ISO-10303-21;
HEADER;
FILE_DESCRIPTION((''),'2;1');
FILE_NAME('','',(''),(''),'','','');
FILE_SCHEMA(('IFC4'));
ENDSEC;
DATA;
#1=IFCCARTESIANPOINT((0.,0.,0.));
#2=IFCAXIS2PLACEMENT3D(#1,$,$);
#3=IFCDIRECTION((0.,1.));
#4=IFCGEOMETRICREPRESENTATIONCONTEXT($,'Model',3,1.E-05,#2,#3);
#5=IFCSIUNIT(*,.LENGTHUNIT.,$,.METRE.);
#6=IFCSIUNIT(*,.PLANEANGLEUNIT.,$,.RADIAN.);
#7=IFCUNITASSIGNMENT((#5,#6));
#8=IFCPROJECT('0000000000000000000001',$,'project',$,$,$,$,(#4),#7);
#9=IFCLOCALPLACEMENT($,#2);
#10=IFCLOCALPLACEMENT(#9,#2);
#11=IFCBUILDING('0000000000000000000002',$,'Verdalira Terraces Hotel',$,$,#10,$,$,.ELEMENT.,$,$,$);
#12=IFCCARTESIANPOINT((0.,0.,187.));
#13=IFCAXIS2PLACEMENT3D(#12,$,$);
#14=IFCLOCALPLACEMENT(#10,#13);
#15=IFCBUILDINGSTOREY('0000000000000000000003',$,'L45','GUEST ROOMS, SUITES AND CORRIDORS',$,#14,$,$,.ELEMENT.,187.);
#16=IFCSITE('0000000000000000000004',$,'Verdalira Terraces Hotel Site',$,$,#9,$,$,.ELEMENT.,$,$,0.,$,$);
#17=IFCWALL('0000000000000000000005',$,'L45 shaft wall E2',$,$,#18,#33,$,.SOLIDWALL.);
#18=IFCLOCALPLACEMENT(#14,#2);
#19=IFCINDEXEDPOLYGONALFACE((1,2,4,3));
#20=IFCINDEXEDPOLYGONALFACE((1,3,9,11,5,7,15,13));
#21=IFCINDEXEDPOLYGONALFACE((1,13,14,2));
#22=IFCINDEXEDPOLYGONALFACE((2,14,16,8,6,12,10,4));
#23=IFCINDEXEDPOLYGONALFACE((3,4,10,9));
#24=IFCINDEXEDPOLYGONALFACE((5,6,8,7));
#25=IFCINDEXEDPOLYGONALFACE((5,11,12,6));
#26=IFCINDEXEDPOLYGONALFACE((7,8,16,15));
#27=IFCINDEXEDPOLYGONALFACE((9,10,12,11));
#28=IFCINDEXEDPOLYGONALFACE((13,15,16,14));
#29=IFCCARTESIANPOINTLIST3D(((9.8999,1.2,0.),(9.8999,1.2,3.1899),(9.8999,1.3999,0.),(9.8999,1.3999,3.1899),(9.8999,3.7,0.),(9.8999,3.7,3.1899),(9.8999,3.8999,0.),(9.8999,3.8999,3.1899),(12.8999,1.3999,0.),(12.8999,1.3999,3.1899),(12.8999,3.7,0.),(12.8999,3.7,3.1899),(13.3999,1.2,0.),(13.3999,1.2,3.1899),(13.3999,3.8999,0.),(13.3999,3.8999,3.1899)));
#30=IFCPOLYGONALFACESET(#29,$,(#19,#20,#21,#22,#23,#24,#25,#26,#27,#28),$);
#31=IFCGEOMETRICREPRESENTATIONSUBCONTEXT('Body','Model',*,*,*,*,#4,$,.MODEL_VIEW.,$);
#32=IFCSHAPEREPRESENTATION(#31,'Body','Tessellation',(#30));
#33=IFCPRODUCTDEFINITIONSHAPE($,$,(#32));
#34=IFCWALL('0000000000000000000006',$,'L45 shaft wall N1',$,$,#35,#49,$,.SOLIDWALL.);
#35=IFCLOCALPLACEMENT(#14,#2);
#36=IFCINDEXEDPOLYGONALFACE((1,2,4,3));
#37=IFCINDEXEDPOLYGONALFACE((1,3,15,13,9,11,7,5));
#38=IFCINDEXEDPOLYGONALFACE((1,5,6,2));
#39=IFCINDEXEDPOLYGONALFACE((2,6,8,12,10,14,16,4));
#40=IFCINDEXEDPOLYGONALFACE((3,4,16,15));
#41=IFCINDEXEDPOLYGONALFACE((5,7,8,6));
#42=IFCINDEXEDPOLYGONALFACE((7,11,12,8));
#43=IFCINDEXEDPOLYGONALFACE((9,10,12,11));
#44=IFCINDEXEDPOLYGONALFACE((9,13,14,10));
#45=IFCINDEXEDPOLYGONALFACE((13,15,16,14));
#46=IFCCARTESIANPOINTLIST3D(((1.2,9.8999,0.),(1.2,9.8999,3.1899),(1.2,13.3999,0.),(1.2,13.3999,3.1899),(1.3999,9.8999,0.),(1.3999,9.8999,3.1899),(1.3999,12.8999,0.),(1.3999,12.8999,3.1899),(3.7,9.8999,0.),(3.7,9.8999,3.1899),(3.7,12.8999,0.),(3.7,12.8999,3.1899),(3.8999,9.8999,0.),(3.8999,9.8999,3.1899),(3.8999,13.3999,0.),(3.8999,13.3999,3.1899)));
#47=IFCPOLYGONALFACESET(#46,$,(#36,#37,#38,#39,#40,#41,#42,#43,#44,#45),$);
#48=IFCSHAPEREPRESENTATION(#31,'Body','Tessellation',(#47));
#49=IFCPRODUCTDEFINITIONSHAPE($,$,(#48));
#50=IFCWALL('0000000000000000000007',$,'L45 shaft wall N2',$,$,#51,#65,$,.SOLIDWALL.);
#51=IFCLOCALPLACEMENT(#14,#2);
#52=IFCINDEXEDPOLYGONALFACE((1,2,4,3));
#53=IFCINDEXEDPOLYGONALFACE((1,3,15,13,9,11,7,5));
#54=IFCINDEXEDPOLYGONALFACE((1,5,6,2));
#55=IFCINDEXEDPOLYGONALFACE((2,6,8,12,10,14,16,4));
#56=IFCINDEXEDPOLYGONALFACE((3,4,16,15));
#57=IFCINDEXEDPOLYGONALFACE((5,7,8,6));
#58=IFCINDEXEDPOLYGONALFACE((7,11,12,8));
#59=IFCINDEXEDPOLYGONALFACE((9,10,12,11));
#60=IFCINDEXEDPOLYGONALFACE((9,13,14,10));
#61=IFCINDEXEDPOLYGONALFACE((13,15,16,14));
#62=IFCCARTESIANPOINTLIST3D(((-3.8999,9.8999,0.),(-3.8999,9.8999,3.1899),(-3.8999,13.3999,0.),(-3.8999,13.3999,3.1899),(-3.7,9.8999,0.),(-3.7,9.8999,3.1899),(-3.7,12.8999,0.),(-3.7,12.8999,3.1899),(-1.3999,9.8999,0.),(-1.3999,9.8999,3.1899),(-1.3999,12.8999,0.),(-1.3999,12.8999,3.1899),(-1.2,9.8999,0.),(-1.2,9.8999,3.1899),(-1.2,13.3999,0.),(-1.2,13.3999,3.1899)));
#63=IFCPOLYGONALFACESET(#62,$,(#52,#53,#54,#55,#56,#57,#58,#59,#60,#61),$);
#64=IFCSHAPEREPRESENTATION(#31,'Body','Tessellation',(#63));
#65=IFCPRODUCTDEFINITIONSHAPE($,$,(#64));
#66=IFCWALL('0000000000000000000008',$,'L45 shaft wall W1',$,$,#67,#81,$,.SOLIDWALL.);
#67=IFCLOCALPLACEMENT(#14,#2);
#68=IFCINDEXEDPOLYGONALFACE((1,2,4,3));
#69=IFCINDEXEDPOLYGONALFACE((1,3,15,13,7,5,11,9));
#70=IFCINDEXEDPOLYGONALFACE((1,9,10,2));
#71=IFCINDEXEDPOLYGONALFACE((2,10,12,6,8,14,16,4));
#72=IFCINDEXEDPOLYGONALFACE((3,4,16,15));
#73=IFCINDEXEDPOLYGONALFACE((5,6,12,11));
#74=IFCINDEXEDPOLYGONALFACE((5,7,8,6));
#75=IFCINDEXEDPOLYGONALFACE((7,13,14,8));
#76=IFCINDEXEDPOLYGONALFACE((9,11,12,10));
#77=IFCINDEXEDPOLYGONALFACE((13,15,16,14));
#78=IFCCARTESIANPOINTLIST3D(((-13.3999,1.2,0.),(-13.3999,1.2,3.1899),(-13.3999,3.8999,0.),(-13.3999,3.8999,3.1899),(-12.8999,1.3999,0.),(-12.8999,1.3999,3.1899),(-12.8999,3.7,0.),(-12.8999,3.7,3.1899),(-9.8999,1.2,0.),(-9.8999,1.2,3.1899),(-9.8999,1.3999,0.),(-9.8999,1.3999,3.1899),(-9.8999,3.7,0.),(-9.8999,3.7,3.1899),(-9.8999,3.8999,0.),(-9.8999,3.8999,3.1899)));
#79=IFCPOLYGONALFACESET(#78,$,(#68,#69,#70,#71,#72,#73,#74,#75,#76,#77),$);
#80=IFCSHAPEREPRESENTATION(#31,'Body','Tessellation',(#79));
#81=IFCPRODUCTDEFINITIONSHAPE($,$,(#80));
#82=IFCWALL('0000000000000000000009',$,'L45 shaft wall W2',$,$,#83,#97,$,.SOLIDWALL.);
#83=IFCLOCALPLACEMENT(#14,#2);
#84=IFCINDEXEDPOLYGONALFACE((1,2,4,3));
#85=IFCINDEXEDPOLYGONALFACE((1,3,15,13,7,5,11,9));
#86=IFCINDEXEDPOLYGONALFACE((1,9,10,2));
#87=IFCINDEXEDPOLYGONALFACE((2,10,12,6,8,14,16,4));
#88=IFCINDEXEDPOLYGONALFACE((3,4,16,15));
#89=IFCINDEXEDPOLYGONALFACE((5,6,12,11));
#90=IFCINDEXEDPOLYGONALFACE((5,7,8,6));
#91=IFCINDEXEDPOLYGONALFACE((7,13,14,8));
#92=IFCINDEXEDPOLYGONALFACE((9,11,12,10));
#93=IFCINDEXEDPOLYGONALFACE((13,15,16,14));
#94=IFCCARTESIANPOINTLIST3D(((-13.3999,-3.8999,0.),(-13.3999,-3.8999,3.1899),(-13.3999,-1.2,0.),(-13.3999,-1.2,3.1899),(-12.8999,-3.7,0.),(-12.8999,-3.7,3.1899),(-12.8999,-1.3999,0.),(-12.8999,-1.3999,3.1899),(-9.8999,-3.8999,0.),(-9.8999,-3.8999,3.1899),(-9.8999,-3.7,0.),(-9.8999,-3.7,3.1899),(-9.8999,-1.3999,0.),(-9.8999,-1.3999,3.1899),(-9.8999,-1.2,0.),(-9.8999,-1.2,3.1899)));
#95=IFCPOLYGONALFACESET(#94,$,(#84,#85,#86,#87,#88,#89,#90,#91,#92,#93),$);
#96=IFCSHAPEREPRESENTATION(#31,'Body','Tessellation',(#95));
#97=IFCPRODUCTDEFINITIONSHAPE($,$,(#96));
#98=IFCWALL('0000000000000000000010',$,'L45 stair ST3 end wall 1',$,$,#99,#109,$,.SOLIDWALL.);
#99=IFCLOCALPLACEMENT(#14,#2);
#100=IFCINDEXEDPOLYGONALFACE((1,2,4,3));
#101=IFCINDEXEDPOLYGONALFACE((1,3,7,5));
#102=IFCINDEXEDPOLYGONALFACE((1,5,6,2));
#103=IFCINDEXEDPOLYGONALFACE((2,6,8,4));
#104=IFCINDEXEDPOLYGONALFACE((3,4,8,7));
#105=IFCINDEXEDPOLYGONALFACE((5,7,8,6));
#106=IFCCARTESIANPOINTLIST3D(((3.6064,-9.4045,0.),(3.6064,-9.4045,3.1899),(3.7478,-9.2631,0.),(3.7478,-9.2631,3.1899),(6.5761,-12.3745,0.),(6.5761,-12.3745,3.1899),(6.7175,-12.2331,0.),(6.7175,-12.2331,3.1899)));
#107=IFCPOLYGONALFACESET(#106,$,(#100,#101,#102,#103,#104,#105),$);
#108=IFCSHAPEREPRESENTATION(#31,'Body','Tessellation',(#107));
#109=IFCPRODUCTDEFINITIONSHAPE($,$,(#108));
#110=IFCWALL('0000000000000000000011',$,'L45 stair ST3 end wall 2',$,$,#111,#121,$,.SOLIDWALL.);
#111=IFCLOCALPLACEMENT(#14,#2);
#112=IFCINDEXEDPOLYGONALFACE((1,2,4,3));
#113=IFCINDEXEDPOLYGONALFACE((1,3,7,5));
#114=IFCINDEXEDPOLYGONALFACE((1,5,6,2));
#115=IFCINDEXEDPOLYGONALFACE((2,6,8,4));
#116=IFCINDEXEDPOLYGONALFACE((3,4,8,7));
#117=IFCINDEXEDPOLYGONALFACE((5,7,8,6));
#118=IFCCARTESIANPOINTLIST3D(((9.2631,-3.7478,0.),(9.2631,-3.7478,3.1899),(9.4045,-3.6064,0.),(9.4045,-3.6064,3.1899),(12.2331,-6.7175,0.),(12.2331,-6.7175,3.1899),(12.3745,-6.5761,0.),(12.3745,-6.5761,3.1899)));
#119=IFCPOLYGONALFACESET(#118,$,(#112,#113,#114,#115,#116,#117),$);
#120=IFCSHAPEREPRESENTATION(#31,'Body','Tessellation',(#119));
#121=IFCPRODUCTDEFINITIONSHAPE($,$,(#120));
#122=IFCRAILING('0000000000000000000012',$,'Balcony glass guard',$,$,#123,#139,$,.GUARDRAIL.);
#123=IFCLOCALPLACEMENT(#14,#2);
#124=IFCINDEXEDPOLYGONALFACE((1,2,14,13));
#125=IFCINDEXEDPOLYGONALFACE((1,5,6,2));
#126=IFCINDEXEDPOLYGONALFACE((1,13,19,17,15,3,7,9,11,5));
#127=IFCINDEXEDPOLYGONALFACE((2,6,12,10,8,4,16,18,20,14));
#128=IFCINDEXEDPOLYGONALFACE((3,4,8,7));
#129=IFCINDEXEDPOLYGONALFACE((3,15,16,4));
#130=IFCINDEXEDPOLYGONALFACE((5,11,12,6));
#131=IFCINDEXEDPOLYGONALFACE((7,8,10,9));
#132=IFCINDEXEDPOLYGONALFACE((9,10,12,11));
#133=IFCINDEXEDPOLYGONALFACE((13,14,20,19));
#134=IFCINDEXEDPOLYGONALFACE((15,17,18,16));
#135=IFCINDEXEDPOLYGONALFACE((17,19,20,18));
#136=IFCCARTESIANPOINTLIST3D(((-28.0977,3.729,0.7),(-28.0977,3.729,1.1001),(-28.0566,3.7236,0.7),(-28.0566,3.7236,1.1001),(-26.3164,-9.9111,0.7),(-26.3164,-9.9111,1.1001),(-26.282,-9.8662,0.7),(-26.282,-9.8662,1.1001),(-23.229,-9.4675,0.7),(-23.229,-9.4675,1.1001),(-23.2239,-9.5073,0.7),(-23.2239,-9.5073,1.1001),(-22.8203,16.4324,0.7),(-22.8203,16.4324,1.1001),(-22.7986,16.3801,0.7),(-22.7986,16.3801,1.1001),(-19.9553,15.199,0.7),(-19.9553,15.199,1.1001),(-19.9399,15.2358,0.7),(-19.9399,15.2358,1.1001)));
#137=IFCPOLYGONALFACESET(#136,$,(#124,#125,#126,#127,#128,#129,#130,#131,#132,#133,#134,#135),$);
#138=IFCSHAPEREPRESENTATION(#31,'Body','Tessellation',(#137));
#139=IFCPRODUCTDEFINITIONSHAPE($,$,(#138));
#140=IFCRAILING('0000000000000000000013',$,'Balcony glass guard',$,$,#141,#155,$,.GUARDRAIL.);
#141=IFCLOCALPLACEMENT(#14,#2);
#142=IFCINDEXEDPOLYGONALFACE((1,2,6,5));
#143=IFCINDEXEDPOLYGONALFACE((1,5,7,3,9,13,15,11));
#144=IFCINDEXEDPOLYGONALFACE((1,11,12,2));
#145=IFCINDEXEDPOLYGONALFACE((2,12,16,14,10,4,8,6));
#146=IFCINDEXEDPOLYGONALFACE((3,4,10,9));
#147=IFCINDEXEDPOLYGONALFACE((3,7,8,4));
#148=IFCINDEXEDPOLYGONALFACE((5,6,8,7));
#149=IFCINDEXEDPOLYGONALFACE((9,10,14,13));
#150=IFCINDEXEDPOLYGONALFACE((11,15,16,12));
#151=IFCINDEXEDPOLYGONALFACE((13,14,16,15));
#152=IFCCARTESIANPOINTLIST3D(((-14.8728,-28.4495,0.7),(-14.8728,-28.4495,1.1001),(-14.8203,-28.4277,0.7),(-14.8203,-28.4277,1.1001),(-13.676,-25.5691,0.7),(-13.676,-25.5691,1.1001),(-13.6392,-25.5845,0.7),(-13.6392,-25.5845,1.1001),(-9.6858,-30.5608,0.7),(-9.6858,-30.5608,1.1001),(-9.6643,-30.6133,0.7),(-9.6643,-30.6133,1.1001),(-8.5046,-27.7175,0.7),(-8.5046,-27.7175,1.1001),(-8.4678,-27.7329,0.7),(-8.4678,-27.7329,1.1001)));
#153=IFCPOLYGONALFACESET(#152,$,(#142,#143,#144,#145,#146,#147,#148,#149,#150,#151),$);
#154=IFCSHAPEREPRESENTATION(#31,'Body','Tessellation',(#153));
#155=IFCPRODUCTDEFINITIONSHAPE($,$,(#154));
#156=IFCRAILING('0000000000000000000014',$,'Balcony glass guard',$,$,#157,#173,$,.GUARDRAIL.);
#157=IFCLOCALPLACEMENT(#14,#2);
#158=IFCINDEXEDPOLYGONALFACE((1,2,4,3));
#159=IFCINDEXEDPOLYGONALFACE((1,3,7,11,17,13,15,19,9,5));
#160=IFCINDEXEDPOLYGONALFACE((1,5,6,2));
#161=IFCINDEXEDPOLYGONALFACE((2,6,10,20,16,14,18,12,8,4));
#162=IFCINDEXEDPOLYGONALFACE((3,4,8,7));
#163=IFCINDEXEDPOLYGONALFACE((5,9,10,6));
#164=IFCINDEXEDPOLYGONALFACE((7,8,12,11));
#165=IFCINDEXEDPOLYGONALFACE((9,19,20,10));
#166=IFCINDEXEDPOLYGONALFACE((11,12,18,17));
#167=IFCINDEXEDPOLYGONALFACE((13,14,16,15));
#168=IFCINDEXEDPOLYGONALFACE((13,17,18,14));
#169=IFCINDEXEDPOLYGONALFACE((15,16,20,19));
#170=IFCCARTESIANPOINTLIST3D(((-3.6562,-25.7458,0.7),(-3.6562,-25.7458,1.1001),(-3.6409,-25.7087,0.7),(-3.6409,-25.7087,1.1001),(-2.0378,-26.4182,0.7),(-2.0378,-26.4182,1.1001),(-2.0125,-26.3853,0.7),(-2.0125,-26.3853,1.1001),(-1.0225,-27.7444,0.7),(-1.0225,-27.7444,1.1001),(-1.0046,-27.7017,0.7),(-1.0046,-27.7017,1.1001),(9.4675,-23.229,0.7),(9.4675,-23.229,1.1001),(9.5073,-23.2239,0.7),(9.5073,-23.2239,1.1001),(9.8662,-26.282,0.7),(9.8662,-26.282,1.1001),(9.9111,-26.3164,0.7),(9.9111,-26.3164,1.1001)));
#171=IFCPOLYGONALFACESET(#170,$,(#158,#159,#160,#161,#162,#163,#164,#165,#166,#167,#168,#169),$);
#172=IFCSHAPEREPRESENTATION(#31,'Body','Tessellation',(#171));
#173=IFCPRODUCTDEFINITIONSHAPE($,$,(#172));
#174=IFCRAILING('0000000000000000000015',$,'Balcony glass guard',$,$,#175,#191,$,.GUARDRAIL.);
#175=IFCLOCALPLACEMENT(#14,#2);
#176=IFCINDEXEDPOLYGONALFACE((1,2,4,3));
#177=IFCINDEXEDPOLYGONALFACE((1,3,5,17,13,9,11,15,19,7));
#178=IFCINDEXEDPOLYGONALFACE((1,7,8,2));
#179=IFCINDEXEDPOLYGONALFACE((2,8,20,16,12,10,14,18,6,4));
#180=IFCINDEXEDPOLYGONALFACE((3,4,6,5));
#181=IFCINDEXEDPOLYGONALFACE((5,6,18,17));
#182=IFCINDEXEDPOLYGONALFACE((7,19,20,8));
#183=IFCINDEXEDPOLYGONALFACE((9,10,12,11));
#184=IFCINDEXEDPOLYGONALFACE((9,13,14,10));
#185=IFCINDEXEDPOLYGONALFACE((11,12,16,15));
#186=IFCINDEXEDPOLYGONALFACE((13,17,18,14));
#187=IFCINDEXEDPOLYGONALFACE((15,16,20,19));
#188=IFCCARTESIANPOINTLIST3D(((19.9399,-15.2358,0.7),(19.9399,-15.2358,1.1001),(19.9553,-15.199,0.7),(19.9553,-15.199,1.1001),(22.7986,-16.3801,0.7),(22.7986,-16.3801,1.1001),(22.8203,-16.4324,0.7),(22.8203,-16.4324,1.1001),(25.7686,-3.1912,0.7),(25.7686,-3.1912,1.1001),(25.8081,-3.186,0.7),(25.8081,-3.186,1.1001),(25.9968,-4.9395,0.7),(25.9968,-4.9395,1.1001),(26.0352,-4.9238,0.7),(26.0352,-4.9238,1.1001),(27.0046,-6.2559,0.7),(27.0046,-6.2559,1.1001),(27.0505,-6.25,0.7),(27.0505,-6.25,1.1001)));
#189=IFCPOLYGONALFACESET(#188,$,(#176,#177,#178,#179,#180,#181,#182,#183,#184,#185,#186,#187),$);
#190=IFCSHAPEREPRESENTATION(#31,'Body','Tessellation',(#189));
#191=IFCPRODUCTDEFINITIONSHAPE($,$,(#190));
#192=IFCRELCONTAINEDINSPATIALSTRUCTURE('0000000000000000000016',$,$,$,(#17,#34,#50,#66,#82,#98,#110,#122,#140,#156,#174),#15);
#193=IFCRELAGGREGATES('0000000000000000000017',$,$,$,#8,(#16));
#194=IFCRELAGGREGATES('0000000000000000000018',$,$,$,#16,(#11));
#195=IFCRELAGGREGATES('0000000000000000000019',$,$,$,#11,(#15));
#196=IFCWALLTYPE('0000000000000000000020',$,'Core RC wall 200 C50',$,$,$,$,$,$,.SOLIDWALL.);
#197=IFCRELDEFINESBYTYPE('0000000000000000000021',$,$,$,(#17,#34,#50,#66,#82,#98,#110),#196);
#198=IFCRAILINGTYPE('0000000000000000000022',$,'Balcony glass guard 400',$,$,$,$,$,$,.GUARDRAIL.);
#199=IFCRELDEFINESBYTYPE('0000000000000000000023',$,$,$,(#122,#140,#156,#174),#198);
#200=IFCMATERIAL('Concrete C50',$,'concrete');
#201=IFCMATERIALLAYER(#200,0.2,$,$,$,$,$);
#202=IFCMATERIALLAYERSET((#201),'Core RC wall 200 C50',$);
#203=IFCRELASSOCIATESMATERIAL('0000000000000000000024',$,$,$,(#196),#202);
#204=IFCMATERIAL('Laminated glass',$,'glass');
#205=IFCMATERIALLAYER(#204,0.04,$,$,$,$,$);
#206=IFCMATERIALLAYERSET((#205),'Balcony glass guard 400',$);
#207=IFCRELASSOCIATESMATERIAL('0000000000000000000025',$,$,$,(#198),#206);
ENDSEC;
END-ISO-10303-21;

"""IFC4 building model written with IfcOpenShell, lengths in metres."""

from ifc_helpers import new_model, si_unit, direction, frame, frame_2d, origin, place, context, subcontext, project, spatial, polyline, rectangle, outline, extrude, material, layer, layer_set, type_object, element, save


model = new_model("IFC4")

# Units and contexts
model_context = context("Model", 3, precision=1e-05, world=origin(), true_north=direction((0.0, 1.0)))
body_context = subcontext(model_context, "Body", "Model", "MODEL_VIEW")
ifc_project = project(units=[si_unit("LENGTHUNIT", "METRE"), si_unit("PLANEANGLEUNIT", "RADIAN")], contexts=[model_context])

# Site, building, storey
site_placement = place(None, origin())
site = spatial("IfcSite", under=ifc_project, at=site_placement, Name="Verdalira Terraces Hotel Site", CompositionType="ELEMENT", RefElevation=0.0)
building_placement = place(site_placement, origin())
building = spatial("IfcBuilding", under=site, at=building_placement, Name="Verdalira Terraces Hotel", CompositionType="ELEMENT")
storey_placement = place(building_placement, frame((0.0, 0.0, 187.0)))
storey = spatial("IfcBuildingStorey", under=building, at=storey_placement, Name="L45", Description="GUEST ROOMS, SUITES AND CORRIDORS", CompositionType="ELEMENT", Elevation=187.0)

# Walls
ifc_material_1 = material(Name="Concrete C50", Category="concrete")
ifc_layer_1 = layer(ifc_material_1, 0.2)
ifc_layer_set_1 = layer_set([ifc_layer_1], Name="Core RC wall 200 C50")
wall_type = type_object("IfcWallType", Name="Core RC wall 200 C50", PredefinedType="SOLIDWALL", material=ifc_layer_set_1)
wall_1_placement = place(storey_placement, origin())
element("IfcWall", 1, at=wall_1_placement, inside=storey, type_object=wall_type, Name="L45 shaft wall E2", PredefinedType="SOLIDWALL", context=body_context, shape_type="SweptSolid", body=[
    extrude(outline(polyline([(13.3999, 3.8999), (13.3999, 1.2), (9.8999, 1.2), (9.8999, 1.3999), (12.8999, 1.3999), (12.8999, 3.7), (9.8999, 3.7), (9.8999, 3.8999), (13.3999, 3.8999)])), origin(), (0.0, 0.0, 1.0), 3.1899),
])
wall_2_placement = place(storey_placement, origin())
element("IfcWall", 2, at=wall_2_placement, inside=storey, type_object=wall_type, Name="L45 shaft wall N1", PredefinedType="SOLIDWALL", context=body_context, shape_type="SweptSolid", body=[
    extrude(outline(polyline([(3.8999, 9.8999), (3.7, 9.8999), (3.7, 12.8999), (1.3999, 12.8999), (1.3999, 9.8999), (1.2, 9.8999), (1.2, 13.3999), (3.8999, 13.3999), (3.8999, 9.8999)])), origin(), (0.0, 0.0, 1.0), 3.1899),
])
wall_3_placement = place(storey_placement, origin())
element("IfcWall", 3, at=wall_3_placement, inside=storey, type_object=wall_type, Name="L45 shaft wall N2", PredefinedType="SOLIDWALL", context=body_context, shape_type="SweptSolid", body=[
    extrude(outline(polyline([(-3.8999, 13.3999), (-1.2, 13.3999), (-1.2, 9.8999), (-1.3999, 9.8999), (-1.3999, 12.8999), (-3.7, 12.8999), (-3.7, 9.8999), (-3.8999, 9.8999), (-3.8999, 13.3999)])), origin(), (0.0, 0.0, 1.0), 3.1899),
])
wall_4_placement = place(storey_placement, origin())
element("IfcWall", 4, at=wall_4_placement, inside=storey, type_object=wall_type, Name="L45 shaft wall W1", PredefinedType="SOLIDWALL", context=body_context, shape_type="SweptSolid", body=[
    extrude(outline(polyline([(-13.3999, 3.8999), (-9.8999, 3.8999), (-9.8999, 3.7), (-12.8999, 3.7), (-12.8999, 1.3999), (-9.8999, 1.3999), (-9.8999, 1.2), (-13.3999, 1.2), (-13.3999, 3.8999)])), origin(), (0.0, 0.0, 1.0), 3.1899),
])
wall_5_placement = place(storey_placement, origin())
element("IfcWall", 5, at=wall_5_placement, inside=storey, type_object=wall_type, Name="L45 shaft wall W2", PredefinedType="SOLIDWALL", context=body_context, shape_type="SweptSolid", body=[
    extrude(outline(polyline([(-13.3999, -3.8999), (-13.3999, -1.2), (-9.8999, -1.2), (-9.8999, -1.3999), (-12.8999, -1.3999), (-12.8999, -3.7), (-9.8999, -3.7), (-9.8999, -3.8999), (-13.3999, -3.8999)])), origin(), (0.0, 0.0, 1.0), 3.1899),
])
for number, where, z_axis, x_axis, name in (
    (6, (3.677, -9.3337, 0.0), (0.0, 0.0, 1.0), (0.707078, -0.707136, 0.0), "L45 stair ST3 end wall 1"),
    (7, (9.3337, -3.677, 0.0), (0.0, 0.0, 1.0), (0.707136, -0.707078, 0.0), "L45 stair ST3 end wall 2"),
):
    element("IfcWall", number, at=place(storey_placement, frame(where, z_axis=z_axis, x_axis=x_axis)), inside=storey, type_object=wall_type, Name=name, PredefinedType="SOLIDWALL", context=body_context, shape_type="SweptSolid", body=[
        extrude(rectangle(XDim=4.2, YDim=0.2, at=frame_2d((2.1001, 0.0))), origin(), (0.0, 0.0, 1.0), 3.1899),
    ])

# Railings
ifc_material_2 = material(Name="Laminated glass", Category="glass")
ifc_layer_2 = layer(ifc_material_2, 0.04)
ifc_layer_set_2 = layer_set([ifc_layer_2], Name="Balcony glass guard 400")
railing_type_1 = type_object("IfcRailingType", Name="Balcony glass guard 400", PredefinedType="GUARDRAIL", material=ifc_layer_set_2)
railing_1_placement = place(storey_placement, frame((0.0, 0.0, 0.7)))
element("IfcRailing", 8, at=railing_1_placement, inside=storey, type_object=railing_type_1, Name="Balcony glass guard", PredefinedType="GUARDRAIL", context=body_context, shape_type="SweptSolid", body=[
    extrude(outline(polyline([(-22.7986, 16.3801), (-28.0566, 3.7236), (-26.282, -9.8662), (-23.229, -9.4675), (-23.2239, -9.5073), (-26.3164, -9.9111), (-28.0977, 3.729), (-22.8203, 16.4324), (-19.9399, 15.2358), (-19.9553, 15.199), (-22.7986, 16.3801)])), origin(), (0.0, 0.0, 1.0), 0.4001),
])
railing_2_placement = place(storey_placement, frame((0.0, 0.0, 0.7)))
element("IfcRailing", 9, at=railing_2_placement, inside=storey, type_object=railing_type_1, Name="Balcony glass guard", PredefinedType="GUARDRAIL", context=body_context, shape_type="SweptSolid", body=[
    extrude(outline(polyline([(-14.8203, -28.4277), (-9.6858, -30.5608), (-8.5046, -27.7175), (-8.4678, -27.7329), (-9.6643, -30.6133), (-14.8728, -28.4495), (-13.676, -25.5691), (-13.6392, -25.5845), (-14.8203, -28.4277)])), origin(), (0.0, 0.0, 1.0), 0.4001),
])
railing_3_placement = place(storey_placement, frame((0.0, 0.0, 0.7)))
element("IfcRailing", 10, at=railing_3_placement, inside=storey, type_object=railing_type_1, Name="Balcony glass guard", PredefinedType="GUARDRAIL", context=body_context, shape_type="SweptSolid", body=[
    extrude(outline(polyline([(-2.0125, -26.3853), (-1.0046, -27.7017), (9.8662, -26.282), (9.4675, -23.229), (9.5073, -23.2239), (9.9111, -26.3164), (-1.0225, -27.7444), (-2.0378, -26.4182), (-3.6562, -25.7459), (-3.6409, -25.7087), (-2.0125, -26.3853)])), origin(), (0.0, 0.0, 1.0), 0.4001),
])
railing_4_placement = place(storey_placement, frame((0.0, 0.0, 0.7)))
element("IfcRailing", 11, at=railing_4_placement, inside=storey, type_object=railing_type_1, Name="Balcony glass guard", PredefinedType="GUARDRAIL", context=body_context, shape_type="SweptSolid", body=[
    extrude(outline(polyline([(22.7986, -16.3801), (27.0046, -6.2559), (25.9968, -4.9395), (25.7686, -3.1912), (25.8081, -3.186), (26.0352, -4.9238), (27.0505, -6.25), (22.8203, -16.4324), (19.9399, -15.2358), (19.9553, -15.199), (22.7986, -16.3801)])), origin(), (0.0, 0.0, 1.0), 0.4001),
])

save(model, "model.ifc")
